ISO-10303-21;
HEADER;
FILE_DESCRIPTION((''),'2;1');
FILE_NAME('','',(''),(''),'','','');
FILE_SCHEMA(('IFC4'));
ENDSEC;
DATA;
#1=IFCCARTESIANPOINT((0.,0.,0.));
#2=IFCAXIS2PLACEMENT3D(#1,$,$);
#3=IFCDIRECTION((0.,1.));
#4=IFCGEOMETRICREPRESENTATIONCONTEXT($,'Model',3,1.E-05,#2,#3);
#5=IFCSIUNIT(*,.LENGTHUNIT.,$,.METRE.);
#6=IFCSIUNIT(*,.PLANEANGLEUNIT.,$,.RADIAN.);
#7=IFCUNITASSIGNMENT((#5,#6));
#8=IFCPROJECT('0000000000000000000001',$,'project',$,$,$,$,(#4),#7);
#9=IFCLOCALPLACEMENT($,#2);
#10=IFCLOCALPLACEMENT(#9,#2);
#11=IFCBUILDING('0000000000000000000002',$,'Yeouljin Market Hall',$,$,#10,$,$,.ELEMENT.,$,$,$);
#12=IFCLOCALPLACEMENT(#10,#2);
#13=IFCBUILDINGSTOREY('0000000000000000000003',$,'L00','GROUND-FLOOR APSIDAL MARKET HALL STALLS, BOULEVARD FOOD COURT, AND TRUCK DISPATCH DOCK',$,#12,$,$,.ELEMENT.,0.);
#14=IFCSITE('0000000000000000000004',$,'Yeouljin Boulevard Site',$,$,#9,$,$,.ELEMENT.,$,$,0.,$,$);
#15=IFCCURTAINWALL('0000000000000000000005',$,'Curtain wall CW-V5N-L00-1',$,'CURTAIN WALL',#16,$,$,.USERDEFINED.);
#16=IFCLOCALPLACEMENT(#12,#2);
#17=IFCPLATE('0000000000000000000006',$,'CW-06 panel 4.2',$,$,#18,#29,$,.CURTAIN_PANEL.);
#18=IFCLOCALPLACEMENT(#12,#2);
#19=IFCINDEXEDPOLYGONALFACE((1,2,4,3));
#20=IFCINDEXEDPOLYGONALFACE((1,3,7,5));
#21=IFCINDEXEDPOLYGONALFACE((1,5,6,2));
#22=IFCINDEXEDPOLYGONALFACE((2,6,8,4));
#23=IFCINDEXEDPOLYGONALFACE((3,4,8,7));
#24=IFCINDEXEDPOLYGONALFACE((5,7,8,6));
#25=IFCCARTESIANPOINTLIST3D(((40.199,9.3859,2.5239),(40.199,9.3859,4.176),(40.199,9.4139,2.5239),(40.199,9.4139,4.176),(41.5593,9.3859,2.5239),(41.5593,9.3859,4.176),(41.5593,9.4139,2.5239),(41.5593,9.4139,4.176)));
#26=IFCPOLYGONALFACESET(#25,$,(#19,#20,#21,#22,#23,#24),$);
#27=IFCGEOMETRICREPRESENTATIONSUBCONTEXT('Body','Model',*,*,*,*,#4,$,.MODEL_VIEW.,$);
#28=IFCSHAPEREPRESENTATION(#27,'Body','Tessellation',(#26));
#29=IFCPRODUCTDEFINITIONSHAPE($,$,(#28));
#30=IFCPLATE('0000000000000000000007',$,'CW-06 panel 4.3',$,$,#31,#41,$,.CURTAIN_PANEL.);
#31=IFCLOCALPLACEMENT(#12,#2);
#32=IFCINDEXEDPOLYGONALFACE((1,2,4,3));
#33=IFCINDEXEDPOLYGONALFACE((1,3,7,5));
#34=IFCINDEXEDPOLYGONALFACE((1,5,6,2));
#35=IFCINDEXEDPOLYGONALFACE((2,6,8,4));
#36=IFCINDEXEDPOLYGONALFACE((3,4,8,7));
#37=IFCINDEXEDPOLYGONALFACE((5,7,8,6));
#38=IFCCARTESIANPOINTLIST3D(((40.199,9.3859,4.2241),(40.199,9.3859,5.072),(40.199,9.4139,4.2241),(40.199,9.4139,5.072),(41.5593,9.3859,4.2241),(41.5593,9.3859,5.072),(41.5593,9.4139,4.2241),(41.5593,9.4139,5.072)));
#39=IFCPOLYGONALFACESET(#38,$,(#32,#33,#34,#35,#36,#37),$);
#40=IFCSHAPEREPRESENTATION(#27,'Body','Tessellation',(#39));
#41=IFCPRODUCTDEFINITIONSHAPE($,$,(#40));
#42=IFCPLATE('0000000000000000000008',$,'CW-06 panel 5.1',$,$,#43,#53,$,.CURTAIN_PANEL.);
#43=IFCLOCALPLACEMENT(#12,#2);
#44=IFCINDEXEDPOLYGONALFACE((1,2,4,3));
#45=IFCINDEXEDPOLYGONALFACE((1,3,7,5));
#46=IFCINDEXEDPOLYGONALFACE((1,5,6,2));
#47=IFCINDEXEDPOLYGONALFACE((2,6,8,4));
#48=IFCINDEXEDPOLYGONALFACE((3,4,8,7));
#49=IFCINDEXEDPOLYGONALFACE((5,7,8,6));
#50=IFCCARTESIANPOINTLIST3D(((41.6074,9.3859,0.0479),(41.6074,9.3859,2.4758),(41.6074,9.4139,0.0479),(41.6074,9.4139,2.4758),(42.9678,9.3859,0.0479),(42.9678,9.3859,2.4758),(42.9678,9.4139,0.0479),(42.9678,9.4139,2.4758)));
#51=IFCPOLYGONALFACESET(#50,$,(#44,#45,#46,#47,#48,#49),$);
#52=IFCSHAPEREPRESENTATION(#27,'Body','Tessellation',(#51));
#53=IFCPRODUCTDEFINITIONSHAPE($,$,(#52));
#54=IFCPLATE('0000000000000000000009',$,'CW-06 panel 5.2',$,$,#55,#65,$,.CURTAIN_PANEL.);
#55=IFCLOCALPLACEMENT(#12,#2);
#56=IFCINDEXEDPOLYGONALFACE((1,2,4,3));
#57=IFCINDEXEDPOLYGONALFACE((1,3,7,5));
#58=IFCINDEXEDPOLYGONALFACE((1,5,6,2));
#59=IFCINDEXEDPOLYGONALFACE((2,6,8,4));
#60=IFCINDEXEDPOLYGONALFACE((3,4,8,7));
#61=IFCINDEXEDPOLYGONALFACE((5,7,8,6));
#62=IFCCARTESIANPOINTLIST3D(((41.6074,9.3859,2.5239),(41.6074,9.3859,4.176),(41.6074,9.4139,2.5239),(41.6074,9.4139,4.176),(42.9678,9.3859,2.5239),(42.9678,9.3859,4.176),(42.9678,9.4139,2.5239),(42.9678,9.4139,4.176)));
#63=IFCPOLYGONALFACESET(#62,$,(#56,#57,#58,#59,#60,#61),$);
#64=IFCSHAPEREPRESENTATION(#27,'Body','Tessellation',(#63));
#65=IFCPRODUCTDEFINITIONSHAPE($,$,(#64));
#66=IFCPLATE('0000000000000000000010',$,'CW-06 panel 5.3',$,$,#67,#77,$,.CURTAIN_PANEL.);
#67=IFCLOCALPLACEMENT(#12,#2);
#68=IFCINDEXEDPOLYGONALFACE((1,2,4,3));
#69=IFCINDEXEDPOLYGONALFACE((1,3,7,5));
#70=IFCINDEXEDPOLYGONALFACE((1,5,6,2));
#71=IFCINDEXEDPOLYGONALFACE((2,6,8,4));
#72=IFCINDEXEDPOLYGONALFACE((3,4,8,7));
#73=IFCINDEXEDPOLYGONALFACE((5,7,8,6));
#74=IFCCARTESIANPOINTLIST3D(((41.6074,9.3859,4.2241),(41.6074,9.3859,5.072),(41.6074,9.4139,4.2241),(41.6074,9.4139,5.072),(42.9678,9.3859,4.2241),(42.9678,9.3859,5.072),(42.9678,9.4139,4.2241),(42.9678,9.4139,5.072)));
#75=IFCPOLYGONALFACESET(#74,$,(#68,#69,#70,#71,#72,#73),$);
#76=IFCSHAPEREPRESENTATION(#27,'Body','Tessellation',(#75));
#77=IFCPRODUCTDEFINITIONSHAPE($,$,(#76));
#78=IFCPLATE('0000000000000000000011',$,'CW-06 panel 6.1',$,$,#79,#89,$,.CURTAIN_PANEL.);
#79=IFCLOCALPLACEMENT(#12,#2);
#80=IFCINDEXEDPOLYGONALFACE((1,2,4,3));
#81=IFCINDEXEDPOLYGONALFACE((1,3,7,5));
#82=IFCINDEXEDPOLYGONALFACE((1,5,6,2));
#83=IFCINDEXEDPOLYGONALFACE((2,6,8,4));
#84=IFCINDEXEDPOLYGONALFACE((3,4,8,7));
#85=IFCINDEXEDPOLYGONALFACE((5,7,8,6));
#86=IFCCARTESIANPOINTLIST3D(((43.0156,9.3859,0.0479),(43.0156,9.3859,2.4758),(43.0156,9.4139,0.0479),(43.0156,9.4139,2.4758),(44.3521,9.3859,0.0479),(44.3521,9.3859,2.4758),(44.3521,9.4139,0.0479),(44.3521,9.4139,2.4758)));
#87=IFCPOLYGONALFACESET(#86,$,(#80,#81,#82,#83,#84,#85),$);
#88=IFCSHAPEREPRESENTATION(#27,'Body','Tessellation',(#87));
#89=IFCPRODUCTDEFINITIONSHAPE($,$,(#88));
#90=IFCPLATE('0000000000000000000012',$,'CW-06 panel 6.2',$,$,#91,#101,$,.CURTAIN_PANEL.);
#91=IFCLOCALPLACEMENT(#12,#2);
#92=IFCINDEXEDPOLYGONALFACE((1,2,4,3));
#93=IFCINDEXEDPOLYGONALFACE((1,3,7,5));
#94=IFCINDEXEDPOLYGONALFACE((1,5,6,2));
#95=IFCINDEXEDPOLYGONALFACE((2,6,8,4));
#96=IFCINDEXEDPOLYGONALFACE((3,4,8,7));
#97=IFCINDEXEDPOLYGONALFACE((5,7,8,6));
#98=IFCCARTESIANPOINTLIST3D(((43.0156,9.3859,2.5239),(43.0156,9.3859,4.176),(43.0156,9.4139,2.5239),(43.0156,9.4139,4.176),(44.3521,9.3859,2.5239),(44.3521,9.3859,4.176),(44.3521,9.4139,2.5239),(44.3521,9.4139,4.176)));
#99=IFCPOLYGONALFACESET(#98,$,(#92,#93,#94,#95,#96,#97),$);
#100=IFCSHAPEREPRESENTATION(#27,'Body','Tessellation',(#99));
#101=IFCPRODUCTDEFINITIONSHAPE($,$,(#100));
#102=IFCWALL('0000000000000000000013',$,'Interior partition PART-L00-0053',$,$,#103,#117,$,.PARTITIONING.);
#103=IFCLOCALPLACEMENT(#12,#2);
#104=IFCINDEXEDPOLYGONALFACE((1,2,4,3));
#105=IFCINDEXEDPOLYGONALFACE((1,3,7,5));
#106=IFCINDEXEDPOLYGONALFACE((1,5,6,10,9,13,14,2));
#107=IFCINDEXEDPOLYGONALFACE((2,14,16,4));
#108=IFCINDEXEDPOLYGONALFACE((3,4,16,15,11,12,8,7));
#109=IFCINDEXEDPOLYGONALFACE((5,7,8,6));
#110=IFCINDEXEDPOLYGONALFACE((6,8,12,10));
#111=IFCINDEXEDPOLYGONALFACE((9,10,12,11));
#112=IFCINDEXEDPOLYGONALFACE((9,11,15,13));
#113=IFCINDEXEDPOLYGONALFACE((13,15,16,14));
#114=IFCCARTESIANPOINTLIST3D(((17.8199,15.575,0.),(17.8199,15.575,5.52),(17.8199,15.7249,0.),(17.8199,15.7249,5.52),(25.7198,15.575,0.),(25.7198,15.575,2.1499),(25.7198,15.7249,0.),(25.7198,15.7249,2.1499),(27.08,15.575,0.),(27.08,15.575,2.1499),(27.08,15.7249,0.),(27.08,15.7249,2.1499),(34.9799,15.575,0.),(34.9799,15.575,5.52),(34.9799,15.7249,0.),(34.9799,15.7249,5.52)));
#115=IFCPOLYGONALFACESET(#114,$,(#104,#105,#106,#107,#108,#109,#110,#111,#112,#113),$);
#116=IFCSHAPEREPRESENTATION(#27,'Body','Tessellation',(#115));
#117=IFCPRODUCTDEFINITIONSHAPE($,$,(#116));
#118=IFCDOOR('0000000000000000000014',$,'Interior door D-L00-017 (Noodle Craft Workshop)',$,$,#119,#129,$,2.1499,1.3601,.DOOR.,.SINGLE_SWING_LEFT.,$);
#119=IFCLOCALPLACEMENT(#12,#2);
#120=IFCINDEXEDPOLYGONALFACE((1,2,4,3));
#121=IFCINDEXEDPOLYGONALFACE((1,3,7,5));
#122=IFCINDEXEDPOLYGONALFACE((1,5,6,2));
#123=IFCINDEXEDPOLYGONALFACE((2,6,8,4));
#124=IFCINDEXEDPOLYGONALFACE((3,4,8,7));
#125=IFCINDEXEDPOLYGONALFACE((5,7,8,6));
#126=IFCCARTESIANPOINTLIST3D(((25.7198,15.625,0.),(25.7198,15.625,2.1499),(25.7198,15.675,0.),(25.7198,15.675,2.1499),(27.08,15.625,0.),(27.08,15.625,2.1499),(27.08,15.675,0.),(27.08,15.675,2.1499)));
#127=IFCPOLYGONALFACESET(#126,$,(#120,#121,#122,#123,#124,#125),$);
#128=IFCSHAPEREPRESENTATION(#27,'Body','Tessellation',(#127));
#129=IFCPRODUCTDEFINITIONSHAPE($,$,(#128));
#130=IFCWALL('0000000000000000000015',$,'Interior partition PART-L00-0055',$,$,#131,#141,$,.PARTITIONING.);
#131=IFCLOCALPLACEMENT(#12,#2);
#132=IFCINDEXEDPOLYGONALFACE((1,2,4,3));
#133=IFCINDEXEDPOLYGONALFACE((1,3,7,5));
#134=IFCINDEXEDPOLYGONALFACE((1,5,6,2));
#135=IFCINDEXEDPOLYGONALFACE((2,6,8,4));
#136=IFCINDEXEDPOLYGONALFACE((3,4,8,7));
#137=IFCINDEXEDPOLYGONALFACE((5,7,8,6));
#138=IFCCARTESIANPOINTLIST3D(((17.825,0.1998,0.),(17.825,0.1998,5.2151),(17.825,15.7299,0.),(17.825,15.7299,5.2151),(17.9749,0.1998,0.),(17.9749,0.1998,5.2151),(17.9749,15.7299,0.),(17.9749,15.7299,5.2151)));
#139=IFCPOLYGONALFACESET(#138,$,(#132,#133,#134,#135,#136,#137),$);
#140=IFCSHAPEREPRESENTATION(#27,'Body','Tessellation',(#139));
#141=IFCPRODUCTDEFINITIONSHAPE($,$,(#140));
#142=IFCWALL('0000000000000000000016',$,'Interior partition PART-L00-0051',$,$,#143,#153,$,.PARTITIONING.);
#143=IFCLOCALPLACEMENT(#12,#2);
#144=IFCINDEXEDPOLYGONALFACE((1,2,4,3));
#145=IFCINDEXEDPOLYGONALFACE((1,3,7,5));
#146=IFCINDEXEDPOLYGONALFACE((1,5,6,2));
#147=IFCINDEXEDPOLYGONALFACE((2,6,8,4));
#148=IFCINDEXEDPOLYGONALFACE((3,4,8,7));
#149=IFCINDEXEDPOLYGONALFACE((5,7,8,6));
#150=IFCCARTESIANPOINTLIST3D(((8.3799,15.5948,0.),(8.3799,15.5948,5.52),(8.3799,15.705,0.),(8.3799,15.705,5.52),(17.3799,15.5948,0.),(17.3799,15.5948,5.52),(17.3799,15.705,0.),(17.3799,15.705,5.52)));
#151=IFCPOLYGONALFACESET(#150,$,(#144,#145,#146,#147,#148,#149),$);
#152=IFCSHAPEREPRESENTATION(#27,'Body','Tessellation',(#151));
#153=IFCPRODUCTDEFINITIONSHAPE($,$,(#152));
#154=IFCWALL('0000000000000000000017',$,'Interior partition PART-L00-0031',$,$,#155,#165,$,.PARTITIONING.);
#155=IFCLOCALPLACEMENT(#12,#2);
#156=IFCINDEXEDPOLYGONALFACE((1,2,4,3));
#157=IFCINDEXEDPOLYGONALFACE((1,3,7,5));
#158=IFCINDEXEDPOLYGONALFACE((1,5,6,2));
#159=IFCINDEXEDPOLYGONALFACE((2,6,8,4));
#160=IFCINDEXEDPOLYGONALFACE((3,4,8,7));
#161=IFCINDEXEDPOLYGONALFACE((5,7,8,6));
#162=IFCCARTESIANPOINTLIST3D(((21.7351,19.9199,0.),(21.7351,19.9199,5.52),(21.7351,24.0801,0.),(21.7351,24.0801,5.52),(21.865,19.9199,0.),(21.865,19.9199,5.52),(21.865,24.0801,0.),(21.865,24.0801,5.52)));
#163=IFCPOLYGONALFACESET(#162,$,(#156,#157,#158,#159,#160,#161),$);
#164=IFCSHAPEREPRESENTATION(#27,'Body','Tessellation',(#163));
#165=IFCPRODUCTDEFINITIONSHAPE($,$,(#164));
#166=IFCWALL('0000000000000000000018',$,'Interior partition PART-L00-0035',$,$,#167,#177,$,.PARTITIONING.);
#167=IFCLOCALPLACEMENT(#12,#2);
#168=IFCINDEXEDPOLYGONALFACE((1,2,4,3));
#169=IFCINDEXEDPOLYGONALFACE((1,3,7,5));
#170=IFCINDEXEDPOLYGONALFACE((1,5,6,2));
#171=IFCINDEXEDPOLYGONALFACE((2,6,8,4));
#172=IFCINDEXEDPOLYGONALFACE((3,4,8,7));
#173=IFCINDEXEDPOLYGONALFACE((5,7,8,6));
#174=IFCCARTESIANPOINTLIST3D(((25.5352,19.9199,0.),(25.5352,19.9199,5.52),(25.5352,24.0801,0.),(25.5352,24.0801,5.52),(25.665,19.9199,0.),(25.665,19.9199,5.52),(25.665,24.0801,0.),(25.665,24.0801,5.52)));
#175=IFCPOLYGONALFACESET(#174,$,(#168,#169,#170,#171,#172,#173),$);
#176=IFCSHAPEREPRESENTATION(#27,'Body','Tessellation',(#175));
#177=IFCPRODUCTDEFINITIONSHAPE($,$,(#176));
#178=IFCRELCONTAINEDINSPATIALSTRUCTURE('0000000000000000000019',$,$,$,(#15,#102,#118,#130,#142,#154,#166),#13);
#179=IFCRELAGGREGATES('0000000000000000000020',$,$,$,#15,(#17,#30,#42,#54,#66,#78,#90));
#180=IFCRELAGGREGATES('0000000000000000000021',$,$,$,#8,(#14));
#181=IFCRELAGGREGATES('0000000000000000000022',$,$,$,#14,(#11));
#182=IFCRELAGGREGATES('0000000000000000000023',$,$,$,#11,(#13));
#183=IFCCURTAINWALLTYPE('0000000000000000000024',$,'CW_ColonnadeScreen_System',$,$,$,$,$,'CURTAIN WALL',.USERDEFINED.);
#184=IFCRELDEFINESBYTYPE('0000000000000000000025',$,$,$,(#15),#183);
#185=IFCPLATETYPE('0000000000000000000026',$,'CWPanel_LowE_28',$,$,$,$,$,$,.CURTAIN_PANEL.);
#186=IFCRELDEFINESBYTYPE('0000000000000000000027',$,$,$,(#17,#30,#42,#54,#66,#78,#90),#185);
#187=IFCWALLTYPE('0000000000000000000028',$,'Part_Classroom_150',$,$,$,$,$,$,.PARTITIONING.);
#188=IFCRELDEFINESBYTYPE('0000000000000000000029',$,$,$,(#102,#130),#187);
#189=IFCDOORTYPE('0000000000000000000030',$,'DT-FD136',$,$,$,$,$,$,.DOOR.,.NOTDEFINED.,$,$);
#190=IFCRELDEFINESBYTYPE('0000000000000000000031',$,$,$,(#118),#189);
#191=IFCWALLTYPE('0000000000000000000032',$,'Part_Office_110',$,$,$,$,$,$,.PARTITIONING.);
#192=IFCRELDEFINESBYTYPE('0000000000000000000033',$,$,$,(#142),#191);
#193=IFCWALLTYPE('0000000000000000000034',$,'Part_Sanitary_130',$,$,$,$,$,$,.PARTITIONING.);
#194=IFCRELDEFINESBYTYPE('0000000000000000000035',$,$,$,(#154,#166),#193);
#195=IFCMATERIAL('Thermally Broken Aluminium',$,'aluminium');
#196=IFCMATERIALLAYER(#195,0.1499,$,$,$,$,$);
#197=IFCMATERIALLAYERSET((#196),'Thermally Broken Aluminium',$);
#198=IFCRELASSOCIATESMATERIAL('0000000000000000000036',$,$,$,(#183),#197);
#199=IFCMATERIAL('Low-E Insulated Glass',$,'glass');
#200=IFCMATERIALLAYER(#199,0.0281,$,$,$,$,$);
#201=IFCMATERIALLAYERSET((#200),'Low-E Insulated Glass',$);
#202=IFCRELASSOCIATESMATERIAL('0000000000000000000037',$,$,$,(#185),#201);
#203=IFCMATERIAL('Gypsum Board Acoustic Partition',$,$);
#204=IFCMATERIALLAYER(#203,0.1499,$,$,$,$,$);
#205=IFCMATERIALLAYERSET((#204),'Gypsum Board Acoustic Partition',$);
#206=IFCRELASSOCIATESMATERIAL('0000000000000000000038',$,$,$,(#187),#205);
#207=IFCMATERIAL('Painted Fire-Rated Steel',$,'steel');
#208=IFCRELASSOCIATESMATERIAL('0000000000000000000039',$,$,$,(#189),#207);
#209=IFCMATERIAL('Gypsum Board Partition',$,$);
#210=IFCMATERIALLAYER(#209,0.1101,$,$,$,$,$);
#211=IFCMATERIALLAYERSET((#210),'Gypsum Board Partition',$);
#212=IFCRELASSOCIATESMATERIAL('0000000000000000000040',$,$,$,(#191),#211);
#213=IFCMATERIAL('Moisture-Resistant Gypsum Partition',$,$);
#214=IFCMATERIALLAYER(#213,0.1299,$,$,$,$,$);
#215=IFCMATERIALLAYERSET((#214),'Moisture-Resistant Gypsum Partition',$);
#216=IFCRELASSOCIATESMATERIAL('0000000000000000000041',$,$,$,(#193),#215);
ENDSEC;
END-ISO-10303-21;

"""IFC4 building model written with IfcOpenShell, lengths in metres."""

from ifc_helpers import new_model, si_unit, direction, frame, frame_2d, origin, origin_2d, place, context, subcontext, project, spatial, rectangle, extrude, material, layer, layer_set, type_object, element, fill, aggregate, save


model = new_model("IFC4")

# Units and contexts
model_context = context("Model", 3, precision=1e-05, world=origin(), true_north=direction((0.0, 1.0)))
body_context = subcontext(model_context, "Body", "Model", "MODEL_VIEW")
ifc_project = project(units=[si_unit("LENGTHUNIT", "METRE"), si_unit("PLANEANGLEUNIT", "RADIAN")], contexts=[model_context])

# Site, building, storey
site_placement = place(None, origin())
site = spatial("IfcSite", under=ifc_project, at=site_placement, Name="Yeouljin Boulevard Site", CompositionType="ELEMENT", RefElevation=0.0)
building_placement = place(site_placement, origin())
building = spatial("IfcBuilding", under=site, at=building_placement, Name="Yeouljin Market Hall", CompositionType="ELEMENT")
storey_placement = place(building_placement, origin())
storey = spatial("IfcBuildingStorey", under=building, at=storey_placement, Name="L00", Description="GROUND-FLOOR APSIDAL MARKET HALL STALLS, BOULEVARD FOOD COURT, AND TRUCK DISPATCH DOCK", CompositionType="ELEMENT", Elevation=0.0)

# Curtain wall
ifc_material_1 = material(Name="Thermally Broken Aluminium", Category="aluminium")
ifc_layer_1 = layer(ifc_material_1, 0.1499)
ifc_layer_set_1 = layer_set([ifc_layer_1], Name="Thermally Broken Aluminium")
curtain_wall_type = type_object("IfcCurtainWallType", Name="CW_ColonnadeScreen_System", ElementType="CURTAIN WALL", PredefinedType="USERDEFINED", material=ifc_layer_set_1)
curtain_wall_placement = place(storey_placement, origin())
curtain_wall = element("IfcCurtainWall", 1, at=curtain_wall_placement, inside=storey, type_object=curtain_wall_type, Name="Curtain wall CW-V5N-L00-1", ObjectType="CURTAIN WALL", PredefinedType="USERDEFINED")

# Plates
ifc_material_2 = material(Name="Low-E Insulated Glass", Category="glass")
ifc_layer_2 = layer(ifc_material_2, 0.0281)
ifc_layer_set_2 = layer_set([ifc_layer_2], Name="Low-E Insulated Glass")
plate_type = type_object("IfcPlateType", Name="CWPanel_LowE_28", PredefinedType="CURTAIN_PANEL", material=ifc_layer_set_2)
plate_1_placement = place(storey_placement, frame((40.8792, 9.3999, 2.5239), z_axis=(0.0, 0.0, 1.0), x_axis=(1.0, 0.0, 0.0)))
plate_1 = element("IfcPlate", 2, at=plate_1_placement, type_object=plate_type, Name="CW-06 panel 4.2", PredefinedType="CURTAIN_PANEL", context=body_context, shape_type="SweptSolid", body=[
    extrude(rectangle(XDim=1.3604, YDim=0.0281, at=origin_2d()), origin(), (0.0, 0.0, 1.0), 1.6521),
])
plate_2_placement = place(storey_placement, frame((40.8792, 9.3999, 4.2241), z_axis=(0.0, 0.0, 1.0), x_axis=(1.0, 0.0, 0.0)))
plate_2 = element("IfcPlate", 3, at=plate_2_placement, type_object=plate_type, Name="CW-06 panel 4.3", PredefinedType="CURTAIN_PANEL", context=body_context, shape_type="SweptSolid", body=[
    extrude(rectangle(XDim=1.3604, YDim=0.0281, at=origin_2d()), origin(), (0.0, 0.0, 1.0), 0.8479),
])
plate_3_placement = place(storey_placement, frame((42.2876, 9.3999, 0.0479), z_axis=(0.0, 0.0, 1.0), x_axis=(1.0, 0.0, 0.0)))
plate_3 = element("IfcPlate", 4, at=plate_3_placement, type_object=plate_type, Name="CW-06 panel 5.1", PredefinedType="CURTAIN_PANEL", context=body_context, shape_type="SweptSolid", body=[
    extrude(rectangle(XDim=1.3604, YDim=0.0281, at=origin_2d()), origin(), (0.0, 0.0, 1.0), 2.428),
])
plate_4_placement = place(storey_placement, frame((42.2876, 9.3999, 2.5239), z_axis=(0.0, 0.0, 1.0), x_axis=(1.0, 0.0, 0.0)))
plate_4 = element("IfcPlate", 5, at=plate_4_placement, type_object=plate_type, Name="CW-06 panel 5.2", PredefinedType="CURTAIN_PANEL", context=body_context, shape_type="SweptSolid", body=[
    extrude(rectangle(XDim=1.3604, YDim=0.0281, at=origin_2d()), origin(), (0.0, 0.0, 1.0), 1.6521),
])
plate_5_placement = place(storey_placement, frame((42.2876, 9.3999, 4.2241), z_axis=(0.0, 0.0, 1.0), x_axis=(1.0, 0.0, 0.0)))
plate_5 = element("IfcPlate", 6, at=plate_5_placement, type_object=plate_type, Name="CW-06 panel 5.3", PredefinedType="CURTAIN_PANEL", context=body_context, shape_type="SweptSolid", body=[
    extrude(rectangle(XDim=1.3604, YDim=0.0281, at=origin_2d()), origin(), (0.0, 0.0, 1.0), 0.8479),
])
plate_6_placement = place(storey_placement, frame((43.6838, 9.3999, 0.0479), z_axis=(0.0, 0.0, 1.0), x_axis=(1.0, 0.0, 0.0)))
plate_6 = element("IfcPlate", 7, at=plate_6_placement, type_object=plate_type, Name="CW-06 panel 6.1", PredefinedType="CURTAIN_PANEL", context=body_context, shape_type="SweptSolid", body=[
    extrude(rectangle(XDim=1.3364, YDim=0.0281, at=origin_2d()), origin(), (0.0, 0.0, 1.0), 2.428),
])
plate_7_placement = place(storey_placement, frame((43.6838, 9.3999, 2.5239), z_axis=(0.0, 0.0, 1.0), x_axis=(1.0, 0.0, 0.0)))
plate_7 = element("IfcPlate", 8, at=plate_7_placement, type_object=plate_type, Name="CW-06 panel 6.2", PredefinedType="CURTAIN_PANEL", context=body_context, shape_type="SweptSolid", body=[
    extrude(rectangle(XDim=1.3364, YDim=0.0281, at=origin_2d()), origin(), (0.0, 0.0, 1.0), 1.6521),
])
aggregate(curtain_wall, [plate_1, plate_2, plate_3, plate_4, plate_5, plate_6, plate_7])

# Wall, opening, door
ifc_material_3 = material(Name="Gypsum Board Acoustic Partition")
ifc_layer_3 = layer(ifc_material_3, 0.1499)
ifc_layer_set_3 = layer_set([ifc_layer_3], Name="Gypsum Board Acoustic Partition")
wall_type_1 = type_object("IfcWallType", Name="Part_Classroom_150", PredefinedType="PARTITIONING", material=ifc_layer_set_3)
wall_1_placement = place(storey_placement, frame((34.98, 15.6499, 0.0), z_axis=(0.0, 0.0, 1.0), x_axis=(-1.0, 0.0, 0.0)))
wall_1 = element("IfcWall", 9, at=wall_1_placement, inside=storey, type_object=wall_type_1, Name="Interior partition PART-L00-0053", PredefinedType="PARTITIONING", context=body_context, shape_type="SweptSolid", body=[
    extrude(rectangle(XDim=17.1599, YDim=0.1499, at=frame_2d((8.5801, 0.0))), origin(), (0.0, 0.0, 1.0), 5.52),
])
opening_placement = place(wall_1_placement, frame((7.8999, 0.0, 0.0)))
opening = element("IfcOpeningElement", 10, at=opening_placement, cuts=wall_1, PredefinedType="OPENING", context=body_context, shape_type="SweptSolid", body=[
    extrude(rectangle(XDim=1.3601, YDim=2.1499, at=frame_2d((0.6802, 1.075))), frame((0.0, 0.085, 0.0), z_axis=(0.0, -1.0, 0.0), x_axis=(1.0, 0.0, 0.0)), (0.0, 0.0, 1.0), 0.1699),
])
ifc_material_4 = material(Name="Painted Fire-Rated Steel", Category="steel")
door_type = type_object("IfcDoorType", Name="DT-FD136", OperationType="NOTDEFINED", PredefinedType="DOOR", material=ifc_material_4)
door_placement = place(opening_placement, origin())
door = element("IfcDoor", 11, at=door_placement, inside=storey, type_object=door_type, Name="Interior door D-L00-017 (Noodle Craft Workshop)", OperationType="SINGLE_SWING_LEFT", OverallHeight=2.1499, OverallWidth=1.3601, PredefinedType="DOOR", context=body_context, shape_type="SweptSolid", body=[
    extrude(rectangle(XDim=1.3601, YDim=2.1499, at=frame_2d((0.6802, 1.075))), frame((0.0, 0.0249, 0.0), z_axis=(0.0, -1.0, 0.0), x_axis=(1.0, 0.0, 0.0)), (0.0, 0.0, 1.0), 0.05),
])
fill(opening, door)

# Walls
wall_2_placement = place(storey_placement, frame((17.8999, 15.73, 0.0), z_axis=(0.0, 0.0, 1.0), x_axis=(0.0, -1.0, 0.0)))
element("IfcWall", 12, at=wall_2_placement, inside=storey, type_object=wall_type_1, Name="Interior partition PART-L00-0055", PredefinedType="PARTITIONING", context=body_context, shape_type="SweptSolid", body=[
    extrude(rectangle(XDim=15.53, YDim=0.1499, at=frame_2d((7.7651, 0.0))), origin(), (0.0, 0.0, 1.0), 5.2151),
])
ifc_material_5 = material(Name="Gypsum Board Partition")
ifc_layer_4 = layer(ifc_material_5, 0.1101)
ifc_layer_set_4 = layer_set([ifc_layer_4], Name="Gypsum Board Partition")
wall_type_2 = type_object("IfcWallType", Name="Part_Office_110", PredefinedType="PARTITIONING", material=ifc_layer_set_4)
wall_3_placement = place(storey_placement, frame((17.3799, 15.6499, 0.0), z_axis=(0.0, 0.0, 1.0), x_axis=(-1.0, 0.0, 0.0)))
element("IfcWall", 13, at=wall_3_placement, inside=storey, type_object=wall_type_2, Name="Interior partition PART-L00-0051", PredefinedType="PARTITIONING", context=body_context, shape_type="SweptSolid", body=[
    extrude(rectangle(XDim=9.0, YDim=0.1101, at=frame_2d((4.5, 0.0))), origin(), (0.0, 0.0, 1.0), 5.52),
])
ifc_material_6 = material(Name="Moisture-Resistant Gypsum Partition")
ifc_layer_5 = layer(ifc_material_6, 0.1299)
ifc_layer_set_5 = layer_set([ifc_layer_5], Name="Moisture-Resistant Gypsum Partition")
wall_type_3 = type_object("IfcWallType", Name="Part_Sanitary_130", PredefinedType="PARTITIONING", material=ifc_layer_set_5)
for number, where, z_axis, x_axis, name in (
    (14, (21.8, 19.9199, 0.0), (0.0, 0.0, 1.0), (0.0, 1.0, 0.0), "Interior partition PART-L00-0031"),
    (15, (25.6001, 19.9199, 0.0), (0.0, 0.0, 1.0), (0.0, 1.0, 0.0), "Interior partition PART-L00-0035"),
):
    element("IfcWall", number, at=place(storey_placement, frame(where, z_axis=z_axis, x_axis=x_axis)), inside=storey, type_object=wall_type_3, Name=name, PredefinedType="PARTITIONING", context=body_context, shape_type="SweptSolid", body=[
        extrude(rectangle(XDim=4.1602, YDim=0.1299, at=frame_2d((2.0801, 0.0))), origin(), (0.0, 0.0, 1.0), 5.52),
    ])

save(model, "model.ifc")
